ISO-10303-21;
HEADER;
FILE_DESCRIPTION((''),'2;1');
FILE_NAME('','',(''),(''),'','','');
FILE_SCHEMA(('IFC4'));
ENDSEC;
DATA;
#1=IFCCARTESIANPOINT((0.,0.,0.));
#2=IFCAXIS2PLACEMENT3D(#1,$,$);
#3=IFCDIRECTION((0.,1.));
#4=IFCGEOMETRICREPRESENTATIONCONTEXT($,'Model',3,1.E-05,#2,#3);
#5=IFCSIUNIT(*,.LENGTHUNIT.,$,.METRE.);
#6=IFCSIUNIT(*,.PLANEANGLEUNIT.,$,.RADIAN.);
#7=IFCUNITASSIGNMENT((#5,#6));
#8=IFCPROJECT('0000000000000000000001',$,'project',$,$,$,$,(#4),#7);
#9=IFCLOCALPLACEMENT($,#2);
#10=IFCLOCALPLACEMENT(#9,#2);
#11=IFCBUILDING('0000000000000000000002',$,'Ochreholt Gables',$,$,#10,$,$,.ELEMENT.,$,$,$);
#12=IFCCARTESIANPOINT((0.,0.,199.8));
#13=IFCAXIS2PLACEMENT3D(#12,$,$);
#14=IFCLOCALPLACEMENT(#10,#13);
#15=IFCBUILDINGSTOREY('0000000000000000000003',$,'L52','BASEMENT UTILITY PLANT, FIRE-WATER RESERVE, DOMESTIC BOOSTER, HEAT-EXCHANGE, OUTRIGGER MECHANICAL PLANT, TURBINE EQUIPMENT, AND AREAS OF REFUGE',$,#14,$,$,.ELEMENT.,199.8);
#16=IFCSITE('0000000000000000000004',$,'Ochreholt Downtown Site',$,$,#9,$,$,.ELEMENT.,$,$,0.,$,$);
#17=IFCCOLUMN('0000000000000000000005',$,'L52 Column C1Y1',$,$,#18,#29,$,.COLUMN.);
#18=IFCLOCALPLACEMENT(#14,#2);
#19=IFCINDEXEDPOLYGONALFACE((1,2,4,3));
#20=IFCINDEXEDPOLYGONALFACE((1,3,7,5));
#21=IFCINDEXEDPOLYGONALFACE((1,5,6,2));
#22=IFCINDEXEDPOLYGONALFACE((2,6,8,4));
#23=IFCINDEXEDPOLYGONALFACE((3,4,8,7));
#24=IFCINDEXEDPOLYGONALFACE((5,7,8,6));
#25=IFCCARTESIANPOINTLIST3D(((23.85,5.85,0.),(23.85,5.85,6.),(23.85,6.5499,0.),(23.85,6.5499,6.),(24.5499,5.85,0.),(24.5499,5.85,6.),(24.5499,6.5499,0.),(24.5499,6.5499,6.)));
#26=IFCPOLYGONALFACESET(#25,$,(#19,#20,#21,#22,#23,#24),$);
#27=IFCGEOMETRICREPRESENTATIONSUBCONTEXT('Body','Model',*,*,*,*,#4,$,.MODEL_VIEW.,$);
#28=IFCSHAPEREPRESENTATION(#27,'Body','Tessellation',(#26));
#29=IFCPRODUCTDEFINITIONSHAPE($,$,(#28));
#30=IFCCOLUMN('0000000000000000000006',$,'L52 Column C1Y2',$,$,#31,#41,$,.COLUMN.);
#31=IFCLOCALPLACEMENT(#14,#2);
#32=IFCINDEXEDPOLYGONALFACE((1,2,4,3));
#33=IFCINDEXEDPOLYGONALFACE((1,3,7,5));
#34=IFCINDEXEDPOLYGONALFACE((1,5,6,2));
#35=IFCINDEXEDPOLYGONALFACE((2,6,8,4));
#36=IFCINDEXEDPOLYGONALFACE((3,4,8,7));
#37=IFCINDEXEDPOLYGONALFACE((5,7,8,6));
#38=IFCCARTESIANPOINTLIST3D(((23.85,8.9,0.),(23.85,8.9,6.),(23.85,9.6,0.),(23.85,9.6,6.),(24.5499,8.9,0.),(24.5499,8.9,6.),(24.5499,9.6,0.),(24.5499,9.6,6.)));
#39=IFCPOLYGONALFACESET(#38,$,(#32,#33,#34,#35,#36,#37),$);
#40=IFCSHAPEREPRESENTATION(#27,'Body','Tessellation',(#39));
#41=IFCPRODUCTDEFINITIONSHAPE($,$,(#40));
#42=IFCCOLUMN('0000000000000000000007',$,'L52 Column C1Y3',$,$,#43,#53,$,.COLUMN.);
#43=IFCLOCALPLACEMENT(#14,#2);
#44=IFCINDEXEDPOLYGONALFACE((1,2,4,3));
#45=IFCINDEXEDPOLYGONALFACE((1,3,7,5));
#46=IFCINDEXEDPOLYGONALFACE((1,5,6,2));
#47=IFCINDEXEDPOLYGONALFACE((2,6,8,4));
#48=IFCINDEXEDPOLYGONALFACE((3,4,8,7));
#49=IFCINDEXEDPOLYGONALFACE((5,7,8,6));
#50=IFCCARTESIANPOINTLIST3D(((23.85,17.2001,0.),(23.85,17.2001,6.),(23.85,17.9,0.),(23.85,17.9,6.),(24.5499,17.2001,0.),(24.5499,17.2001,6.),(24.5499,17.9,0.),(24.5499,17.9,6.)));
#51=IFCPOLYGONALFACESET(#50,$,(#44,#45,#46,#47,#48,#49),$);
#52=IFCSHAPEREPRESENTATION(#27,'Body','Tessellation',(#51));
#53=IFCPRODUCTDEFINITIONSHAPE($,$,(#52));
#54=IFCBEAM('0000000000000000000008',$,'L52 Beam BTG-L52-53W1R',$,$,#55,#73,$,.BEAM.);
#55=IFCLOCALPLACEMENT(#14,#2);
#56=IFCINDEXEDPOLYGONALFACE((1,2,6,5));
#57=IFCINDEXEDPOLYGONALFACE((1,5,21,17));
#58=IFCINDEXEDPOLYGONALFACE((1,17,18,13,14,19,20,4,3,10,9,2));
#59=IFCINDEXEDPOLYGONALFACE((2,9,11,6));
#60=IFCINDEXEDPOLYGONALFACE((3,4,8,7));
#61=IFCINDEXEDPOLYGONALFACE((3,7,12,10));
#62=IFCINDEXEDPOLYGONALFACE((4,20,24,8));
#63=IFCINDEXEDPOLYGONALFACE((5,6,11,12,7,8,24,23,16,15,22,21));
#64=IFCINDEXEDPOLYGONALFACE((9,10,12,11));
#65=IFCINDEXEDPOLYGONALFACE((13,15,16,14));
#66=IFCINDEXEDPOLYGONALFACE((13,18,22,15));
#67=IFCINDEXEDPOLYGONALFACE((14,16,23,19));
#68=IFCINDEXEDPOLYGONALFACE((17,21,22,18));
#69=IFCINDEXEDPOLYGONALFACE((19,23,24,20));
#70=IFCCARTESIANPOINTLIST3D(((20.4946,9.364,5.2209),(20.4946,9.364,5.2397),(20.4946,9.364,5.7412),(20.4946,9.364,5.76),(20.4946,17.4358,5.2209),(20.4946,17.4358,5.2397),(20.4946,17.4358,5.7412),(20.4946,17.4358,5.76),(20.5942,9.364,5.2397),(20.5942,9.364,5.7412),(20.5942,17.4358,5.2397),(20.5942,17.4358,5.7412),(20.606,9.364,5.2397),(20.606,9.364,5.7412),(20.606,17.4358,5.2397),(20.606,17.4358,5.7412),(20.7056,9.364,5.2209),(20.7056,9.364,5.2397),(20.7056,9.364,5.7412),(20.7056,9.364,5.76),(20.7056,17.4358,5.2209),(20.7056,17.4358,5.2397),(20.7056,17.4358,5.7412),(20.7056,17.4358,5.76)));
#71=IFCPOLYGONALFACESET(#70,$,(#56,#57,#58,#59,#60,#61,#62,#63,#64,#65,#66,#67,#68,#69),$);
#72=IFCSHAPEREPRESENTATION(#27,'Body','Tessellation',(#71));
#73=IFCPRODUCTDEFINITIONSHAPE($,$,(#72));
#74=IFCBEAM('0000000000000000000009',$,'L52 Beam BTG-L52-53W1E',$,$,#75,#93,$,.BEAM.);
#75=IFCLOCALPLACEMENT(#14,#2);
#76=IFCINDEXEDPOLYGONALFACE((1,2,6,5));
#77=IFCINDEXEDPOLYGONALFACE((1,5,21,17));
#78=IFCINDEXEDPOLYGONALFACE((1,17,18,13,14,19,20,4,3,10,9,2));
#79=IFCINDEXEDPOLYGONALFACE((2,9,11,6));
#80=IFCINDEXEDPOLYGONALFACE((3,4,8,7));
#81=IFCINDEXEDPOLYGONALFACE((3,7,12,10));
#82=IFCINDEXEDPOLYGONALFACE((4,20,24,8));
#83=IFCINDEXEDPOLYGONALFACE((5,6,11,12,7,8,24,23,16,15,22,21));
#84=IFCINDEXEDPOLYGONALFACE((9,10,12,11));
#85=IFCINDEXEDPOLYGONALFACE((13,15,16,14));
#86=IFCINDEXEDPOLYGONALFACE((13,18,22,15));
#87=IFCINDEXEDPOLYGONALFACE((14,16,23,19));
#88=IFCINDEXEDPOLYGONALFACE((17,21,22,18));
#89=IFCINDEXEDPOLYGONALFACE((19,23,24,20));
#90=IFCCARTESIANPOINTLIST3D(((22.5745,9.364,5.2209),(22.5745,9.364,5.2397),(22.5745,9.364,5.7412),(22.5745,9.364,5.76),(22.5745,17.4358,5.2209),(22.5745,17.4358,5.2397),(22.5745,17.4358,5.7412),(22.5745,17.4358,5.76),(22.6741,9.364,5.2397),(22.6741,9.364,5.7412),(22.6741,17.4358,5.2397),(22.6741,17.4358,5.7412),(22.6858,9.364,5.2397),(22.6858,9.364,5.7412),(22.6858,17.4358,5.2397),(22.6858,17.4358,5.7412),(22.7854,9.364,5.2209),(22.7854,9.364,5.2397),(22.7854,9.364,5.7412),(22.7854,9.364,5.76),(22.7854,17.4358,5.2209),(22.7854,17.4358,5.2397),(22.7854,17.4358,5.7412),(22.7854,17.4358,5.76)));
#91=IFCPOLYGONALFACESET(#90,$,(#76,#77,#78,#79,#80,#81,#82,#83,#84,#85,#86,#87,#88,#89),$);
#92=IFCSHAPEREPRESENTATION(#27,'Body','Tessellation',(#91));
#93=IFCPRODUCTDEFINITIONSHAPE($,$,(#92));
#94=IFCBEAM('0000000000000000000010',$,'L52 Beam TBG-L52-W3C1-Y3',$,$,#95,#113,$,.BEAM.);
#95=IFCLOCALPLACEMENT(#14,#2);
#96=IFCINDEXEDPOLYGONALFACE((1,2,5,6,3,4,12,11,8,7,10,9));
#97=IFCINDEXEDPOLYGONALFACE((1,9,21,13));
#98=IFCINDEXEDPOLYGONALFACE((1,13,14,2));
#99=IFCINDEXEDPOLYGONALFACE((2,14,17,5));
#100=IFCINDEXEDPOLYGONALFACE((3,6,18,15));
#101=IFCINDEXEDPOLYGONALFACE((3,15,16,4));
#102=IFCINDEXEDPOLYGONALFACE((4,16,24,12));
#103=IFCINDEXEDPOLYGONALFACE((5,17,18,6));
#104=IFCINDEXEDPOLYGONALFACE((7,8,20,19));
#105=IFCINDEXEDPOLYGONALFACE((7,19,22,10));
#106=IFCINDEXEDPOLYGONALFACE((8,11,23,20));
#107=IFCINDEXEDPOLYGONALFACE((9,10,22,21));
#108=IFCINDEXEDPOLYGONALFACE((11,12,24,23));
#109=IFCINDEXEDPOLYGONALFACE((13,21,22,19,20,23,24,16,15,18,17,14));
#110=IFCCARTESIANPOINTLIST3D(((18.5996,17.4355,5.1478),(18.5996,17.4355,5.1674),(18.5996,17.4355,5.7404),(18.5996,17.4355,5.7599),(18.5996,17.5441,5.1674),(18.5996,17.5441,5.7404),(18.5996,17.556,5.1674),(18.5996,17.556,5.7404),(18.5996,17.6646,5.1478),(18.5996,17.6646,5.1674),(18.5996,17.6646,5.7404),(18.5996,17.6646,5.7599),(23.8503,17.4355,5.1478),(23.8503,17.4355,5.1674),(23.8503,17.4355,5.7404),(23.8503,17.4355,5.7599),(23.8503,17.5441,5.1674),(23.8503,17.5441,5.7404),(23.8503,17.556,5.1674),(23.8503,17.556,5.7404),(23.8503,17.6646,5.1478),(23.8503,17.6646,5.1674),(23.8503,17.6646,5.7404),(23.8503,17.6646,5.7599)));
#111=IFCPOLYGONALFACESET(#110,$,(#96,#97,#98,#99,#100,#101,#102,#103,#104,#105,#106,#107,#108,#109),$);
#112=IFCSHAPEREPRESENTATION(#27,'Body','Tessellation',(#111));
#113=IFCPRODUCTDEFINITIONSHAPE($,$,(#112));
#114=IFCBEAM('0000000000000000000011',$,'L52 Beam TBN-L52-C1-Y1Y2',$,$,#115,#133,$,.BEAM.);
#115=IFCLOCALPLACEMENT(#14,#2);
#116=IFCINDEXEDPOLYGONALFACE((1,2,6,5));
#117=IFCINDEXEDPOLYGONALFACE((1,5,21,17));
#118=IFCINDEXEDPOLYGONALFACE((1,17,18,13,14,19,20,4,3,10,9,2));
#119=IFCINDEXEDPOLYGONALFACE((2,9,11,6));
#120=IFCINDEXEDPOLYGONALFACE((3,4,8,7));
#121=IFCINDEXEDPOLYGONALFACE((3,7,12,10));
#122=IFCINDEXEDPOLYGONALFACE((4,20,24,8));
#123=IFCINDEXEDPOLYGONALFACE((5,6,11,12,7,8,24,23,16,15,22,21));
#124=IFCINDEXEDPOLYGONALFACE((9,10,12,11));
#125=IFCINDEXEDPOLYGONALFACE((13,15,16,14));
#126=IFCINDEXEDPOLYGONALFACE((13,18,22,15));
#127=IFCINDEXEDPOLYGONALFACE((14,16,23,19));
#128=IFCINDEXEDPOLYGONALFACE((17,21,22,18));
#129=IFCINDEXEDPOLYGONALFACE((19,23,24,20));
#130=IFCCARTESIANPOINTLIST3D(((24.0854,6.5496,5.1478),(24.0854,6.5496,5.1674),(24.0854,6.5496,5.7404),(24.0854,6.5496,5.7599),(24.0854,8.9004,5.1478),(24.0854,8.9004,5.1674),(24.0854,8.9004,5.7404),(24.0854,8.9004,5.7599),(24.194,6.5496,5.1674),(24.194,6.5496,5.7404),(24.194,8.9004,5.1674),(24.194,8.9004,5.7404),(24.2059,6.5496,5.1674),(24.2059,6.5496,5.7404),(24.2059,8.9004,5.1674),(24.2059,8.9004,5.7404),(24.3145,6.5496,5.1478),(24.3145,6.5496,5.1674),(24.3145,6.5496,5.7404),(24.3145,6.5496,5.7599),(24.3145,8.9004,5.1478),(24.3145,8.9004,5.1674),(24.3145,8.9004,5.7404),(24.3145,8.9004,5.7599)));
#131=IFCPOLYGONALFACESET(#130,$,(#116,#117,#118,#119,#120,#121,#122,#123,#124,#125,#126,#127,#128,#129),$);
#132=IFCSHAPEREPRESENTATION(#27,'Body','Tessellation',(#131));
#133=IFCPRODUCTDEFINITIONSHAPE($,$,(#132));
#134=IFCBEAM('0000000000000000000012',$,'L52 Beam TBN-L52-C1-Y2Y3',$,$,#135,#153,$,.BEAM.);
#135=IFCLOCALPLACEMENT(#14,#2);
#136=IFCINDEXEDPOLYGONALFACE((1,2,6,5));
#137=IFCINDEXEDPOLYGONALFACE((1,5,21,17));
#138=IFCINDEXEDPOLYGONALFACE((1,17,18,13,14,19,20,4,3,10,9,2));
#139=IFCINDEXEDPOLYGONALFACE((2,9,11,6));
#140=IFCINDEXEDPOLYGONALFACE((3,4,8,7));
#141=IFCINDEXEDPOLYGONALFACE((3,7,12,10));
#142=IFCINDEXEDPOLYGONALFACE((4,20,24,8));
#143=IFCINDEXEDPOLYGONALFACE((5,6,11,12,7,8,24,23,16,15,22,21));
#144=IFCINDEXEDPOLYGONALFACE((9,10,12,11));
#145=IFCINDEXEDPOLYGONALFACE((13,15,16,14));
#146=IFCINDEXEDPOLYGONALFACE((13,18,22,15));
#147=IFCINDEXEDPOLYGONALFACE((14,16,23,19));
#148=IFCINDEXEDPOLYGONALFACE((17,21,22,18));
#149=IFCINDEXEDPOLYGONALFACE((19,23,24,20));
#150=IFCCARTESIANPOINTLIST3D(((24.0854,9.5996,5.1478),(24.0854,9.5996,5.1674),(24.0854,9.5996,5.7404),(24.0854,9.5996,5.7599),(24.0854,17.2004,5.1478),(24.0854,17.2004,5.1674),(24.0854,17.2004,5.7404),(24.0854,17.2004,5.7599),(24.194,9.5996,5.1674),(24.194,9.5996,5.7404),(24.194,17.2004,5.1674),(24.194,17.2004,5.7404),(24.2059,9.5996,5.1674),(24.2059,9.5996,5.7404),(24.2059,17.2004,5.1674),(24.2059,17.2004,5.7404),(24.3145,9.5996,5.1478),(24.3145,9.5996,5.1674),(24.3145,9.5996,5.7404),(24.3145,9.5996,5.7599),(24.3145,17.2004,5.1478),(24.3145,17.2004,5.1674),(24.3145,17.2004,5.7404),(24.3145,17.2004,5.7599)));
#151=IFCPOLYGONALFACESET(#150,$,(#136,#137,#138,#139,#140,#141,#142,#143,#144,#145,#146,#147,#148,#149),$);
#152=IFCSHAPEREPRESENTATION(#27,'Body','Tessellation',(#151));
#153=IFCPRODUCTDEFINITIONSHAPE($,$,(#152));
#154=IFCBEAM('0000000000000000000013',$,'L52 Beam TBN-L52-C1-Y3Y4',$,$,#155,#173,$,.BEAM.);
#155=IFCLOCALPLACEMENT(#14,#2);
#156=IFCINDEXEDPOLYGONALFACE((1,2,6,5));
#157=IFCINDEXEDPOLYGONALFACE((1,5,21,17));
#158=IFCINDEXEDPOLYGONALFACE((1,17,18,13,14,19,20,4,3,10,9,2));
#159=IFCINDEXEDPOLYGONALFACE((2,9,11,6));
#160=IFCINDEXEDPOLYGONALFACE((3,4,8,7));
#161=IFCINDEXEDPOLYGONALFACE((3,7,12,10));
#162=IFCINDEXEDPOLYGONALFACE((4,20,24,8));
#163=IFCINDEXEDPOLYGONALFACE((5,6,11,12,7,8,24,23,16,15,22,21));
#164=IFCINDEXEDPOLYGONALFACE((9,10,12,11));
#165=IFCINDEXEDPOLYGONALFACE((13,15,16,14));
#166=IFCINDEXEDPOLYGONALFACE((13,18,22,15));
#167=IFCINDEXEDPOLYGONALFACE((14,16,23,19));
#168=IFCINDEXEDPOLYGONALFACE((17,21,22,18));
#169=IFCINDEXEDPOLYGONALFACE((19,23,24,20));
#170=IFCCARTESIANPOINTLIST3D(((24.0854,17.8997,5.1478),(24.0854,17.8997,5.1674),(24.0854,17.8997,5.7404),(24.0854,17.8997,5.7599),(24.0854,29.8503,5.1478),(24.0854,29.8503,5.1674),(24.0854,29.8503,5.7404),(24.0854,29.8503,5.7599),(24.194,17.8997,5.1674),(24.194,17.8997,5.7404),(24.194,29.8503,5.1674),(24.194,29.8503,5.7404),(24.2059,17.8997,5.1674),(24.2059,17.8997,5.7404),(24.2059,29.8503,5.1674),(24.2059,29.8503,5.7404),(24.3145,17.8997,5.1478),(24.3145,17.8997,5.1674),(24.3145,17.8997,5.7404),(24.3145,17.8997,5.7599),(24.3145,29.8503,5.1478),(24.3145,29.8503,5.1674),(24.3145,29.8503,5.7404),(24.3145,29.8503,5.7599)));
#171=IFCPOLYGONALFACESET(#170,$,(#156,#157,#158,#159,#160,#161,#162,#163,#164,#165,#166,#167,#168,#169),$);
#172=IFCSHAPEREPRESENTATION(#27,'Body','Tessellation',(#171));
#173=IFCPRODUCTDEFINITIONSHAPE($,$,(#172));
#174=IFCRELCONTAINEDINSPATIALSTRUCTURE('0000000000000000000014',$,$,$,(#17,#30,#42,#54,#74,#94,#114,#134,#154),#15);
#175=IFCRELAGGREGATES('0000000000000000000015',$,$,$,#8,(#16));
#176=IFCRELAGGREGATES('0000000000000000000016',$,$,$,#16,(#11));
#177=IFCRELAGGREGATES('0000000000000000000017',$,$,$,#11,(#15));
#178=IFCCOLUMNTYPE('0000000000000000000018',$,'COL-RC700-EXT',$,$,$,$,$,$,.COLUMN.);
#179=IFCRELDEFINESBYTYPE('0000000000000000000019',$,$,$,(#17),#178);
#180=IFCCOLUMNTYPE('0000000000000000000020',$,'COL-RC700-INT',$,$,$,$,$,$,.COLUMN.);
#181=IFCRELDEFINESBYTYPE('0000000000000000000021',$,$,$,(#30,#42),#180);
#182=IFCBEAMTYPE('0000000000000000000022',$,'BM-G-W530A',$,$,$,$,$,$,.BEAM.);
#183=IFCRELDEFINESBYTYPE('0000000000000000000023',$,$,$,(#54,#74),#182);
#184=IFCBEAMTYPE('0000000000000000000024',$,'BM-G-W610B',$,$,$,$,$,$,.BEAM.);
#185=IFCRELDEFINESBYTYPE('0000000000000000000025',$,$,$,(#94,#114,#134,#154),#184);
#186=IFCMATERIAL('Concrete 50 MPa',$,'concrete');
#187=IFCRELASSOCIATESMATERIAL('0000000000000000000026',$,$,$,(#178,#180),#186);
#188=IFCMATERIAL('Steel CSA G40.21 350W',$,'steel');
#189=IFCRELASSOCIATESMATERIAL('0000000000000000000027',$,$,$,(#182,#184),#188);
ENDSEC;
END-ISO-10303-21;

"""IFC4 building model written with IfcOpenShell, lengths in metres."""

from ifc_helpers import new_model, si_unit, direction, frame, origin, origin_2d, place, context, subcontext, project, spatial, rectangle, i_section, extrude, material, material_profile, profile_set, type_object, element, save


model = new_model("IFC4")

# Units and contexts
model_context = context("Model", 3, precision=1e-05, world=origin(), true_north=direction((0.0, 1.0)))
body_context = subcontext(model_context, "Body", "Model", "MODEL_VIEW")
ifc_project = project(units=[si_unit("LENGTHUNIT", "METRE"), si_unit("PLANEANGLEUNIT", "RADIAN")], contexts=[model_context])

# Site, building, storey
site_placement = place(None, origin())
site = spatial("IfcSite", under=ifc_project, at=site_placement, Name="Ochreholt Downtown Site", CompositionType="ELEMENT", RefElevation=0.0)
building_placement = place(site_placement, origin())
building = spatial("IfcBuilding", under=site, at=building_placement, Name="Ochreholt Gables", CompositionType="ELEMENT")
storey_placement = place(building_placement, frame((0.0, 0.0, 199.8)))
storey = spatial("IfcBuildingStorey", under=building, at=storey_placement, Name="L52", Description="BASEMENT UTILITY PLANT, FIRE-WATER RESERVE, DOMESTIC BOOSTER, HEAT-EXCHANGE, OUTRIGGER MECHANICAL PLANT, TURBINE EQUIPMENT, AND AREAS OF REFUGE", CompositionType="ELEMENT", Elevation=199.8)

# Columns
ifc_material_1 = material(Name="Concrete 50 MPa", Category="concrete")
ifc_material_profile_1 = material_profile(ifc_material_1, rectangle(XDim=0.7, YDim=0.7, at=origin_2d()), Name="RC700X700")
ifc_profile_set_1 = profile_set([ifc_material_profile_1], Name="Concrete 50 MPa")
column_type_1 = type_object("IfcColumnType", Name="COL-RC700-EXT", PredefinedType="COLUMN", material=ifc_profile_set_1)
column_placement = place(storey_placement, frame((24.2, 6.2, 0.0), z_axis=(0.0, 0.0, 1.0), x_axis=(1.0, 0.0, 0.0)))
element("IfcColumn", 1, at=column_placement, inside=storey, type_object=column_type_1, Name="L52 Column C1Y1", PredefinedType="COLUMN", context=body_context, shape_type="SweptSolid", body=[
    extrude(rectangle(XDim=0.7, YDim=0.7, at=origin_2d()), origin(), (0.0, 0.0, 1.0), 6.0),
])
ifc_material_profile_2 = material_profile(ifc_material_1, rectangle(XDim=0.7, YDim=0.7, at=origin_2d()), Name="RC700X700")
ifc_profile_set_2 = profile_set([ifc_material_profile_2], Name="Concrete 50 MPa")
column_type_2 = type_object("IfcColumnType", Name="COL-RC700-INT", PredefinedType="COLUMN", material=ifc_profile_set_2)
for number, where, z_axis, x_axis, name in (
    (2, (24.2, 9.25, 0.0), (0.0, 0.0, 1.0), (1.0, 0.0, 0.0), "L52 Column C1Y2"),
    (3, (24.2, 17.55, 0.0), (0.0, 0.0, 1.0), (1.0, 0.0, 0.0), "L52 Column C1Y3"),
):
    element("IfcColumn", number, at=place(storey_placement, frame(where, z_axis=z_axis, x_axis=x_axis)), inside=storey, type_object=column_type_2, Name=name, PredefinedType="COLUMN", context=body_context, shape_type="SweptSolid", body=[
        extrude(rectangle(XDim=0.7, YDim=0.7, at=origin_2d()), origin(), (0.0, 0.0, 1.0), 6.0),
    ])

# Beams
ifc_material_2 = material(Name="Steel CSA G40.21 350W", Category="steel")
ifc_material_profile_3 = material_profile(ifc_material_2, i_section(OverallWidth=0.2109, OverallDepth=0.5391, WebThickness=0.0117, FlangeThickness=0.0188, at=origin_2d()), Name="W530X109")
ifc_profile_set_3 = profile_set([ifc_material_profile_3], Name="Steel CSA G40.21 350W")
beam_type_1 = type_object("IfcBeamType", Name="BM-G-W530A", PredefinedType="BEAM", material=ifc_profile_set_3)
for number, where, z_axis, x_axis, name in (
    (4, (20.6001, 9.364, 5.4905), (0.0, 1.0, 0.0), (-1.0, 0.0, 0.0), "L52 Beam BTG-L52-53W1R"),
    (5, (22.6799, 9.364, 5.4905), (0.0, 1.0, 0.0), (-1.0, 0.0, 0.0), "L52 Beam BTG-L52-53W1E"),
):
    element("IfcBeam", number, at=place(storey_placement, frame(where, z_axis=z_axis, x_axis=x_axis)), inside=storey, type_object=beam_type_1, Name=name, PredefinedType="BEAM", context=body_context, shape_type="SweptSolid", body=[
        extrude(i_section(OverallWidth=0.2109, OverallDepth=0.5391, WebThickness=0.0117, FlangeThickness=0.0188, at=origin_2d()), origin(), (0.0, 0.0, 1.0), 8.0718),
    ])
ifc_material_profile_4 = material_profile(ifc_material_2, i_section(OverallWidth=0.229, OverallDepth=0.6121, WebThickness=0.012, FlangeThickness=0.0195, at=origin_2d()), Name="W610X125")
ifc_profile_set_4 = profile_set([ifc_material_profile_4], Name="Steel CSA G40.21 350W")
beam_type_2 = type_object("IfcBeamType", Name="BM-G-W610B", PredefinedType="BEAM", material=ifc_profile_set_4)
beam_1_placement = place(storey_placement, frame((18.5996, 17.55, 5.4539), z_axis=(1.0, 0.0, 0.0), x_axis=(0.0, 1.0, 0.0)))
element("IfcBeam", 6, at=beam_1_placement, inside=storey, type_object=beam_type_2, Name="L52 Beam TBG-L52-W3C1-Y3", PredefinedType="BEAM", context=body_context, shape_type="SweptSolid", body=[
    extrude(i_section(OverallWidth=0.229, OverallDepth=0.6121, WebThickness=0.012, FlangeThickness=0.0195, at=origin_2d()), origin(), (0.0, 0.0, 1.0), 5.2507),
])
beam_2_placement = place(storey_placement, frame((24.2, 6.5496, 5.4539), z_axis=(0.0, 1.0, 0.0), x_axis=(-1.0, 0.0, 0.0)))
element("IfcBeam", 7, at=beam_2_placement, inside=storey, type_object=beam_type_2, Name="L52 Beam TBN-L52-C1-Y1Y2", PredefinedType="BEAM", context=body_context, shape_type="SweptSolid", body=[
    extrude(i_section(OverallWidth=0.229, OverallDepth=0.6121, WebThickness=0.012, FlangeThickness=0.0195, at=origin_2d()), origin(), (0.0, 0.0, 1.0), 2.3508),
])
beam_3_placement = place(storey_placement, frame((24.2, 9.5996, 5.4539), z_axis=(0.0, 1.0, 0.0), x_axis=(-1.0, 0.0, 0.0)))
element("IfcBeam", 8, at=beam_3_placement, inside=storey, type_object=beam_type_2, Name="L52 Beam TBN-L52-C1-Y2Y3", PredefinedType="BEAM", context=body_context, shape_type="SweptSolid", body=[
    extrude(i_section(OverallWidth=0.229, OverallDepth=0.6121, WebThickness=0.012, FlangeThickness=0.0195, at=origin_2d()), origin(), (0.0, 0.0, 1.0), 7.6008),
])
beam_4_placement = place(storey_placement, frame((24.2, 17.8997, 5.4539), z_axis=(0.0, 1.0, 0.0), x_axis=(-1.0, 0.0, 0.0)))
element("IfcBeam", 9, at=beam_4_placement, inside=storey, type_object=beam_type_2, Name="L52 Beam TBN-L52-C1-Y3Y4", PredefinedType="BEAM", context=body_context, shape_type="SweptSolid", body=[
    extrude(i_section(OverallWidth=0.229, OverallDepth=0.6121, WebThickness=0.012, FlangeThickness=0.0195, at=origin_2d()), origin(), (0.0, 0.0, 1.0), 11.9507),
])

save(model, "model.ifc")
